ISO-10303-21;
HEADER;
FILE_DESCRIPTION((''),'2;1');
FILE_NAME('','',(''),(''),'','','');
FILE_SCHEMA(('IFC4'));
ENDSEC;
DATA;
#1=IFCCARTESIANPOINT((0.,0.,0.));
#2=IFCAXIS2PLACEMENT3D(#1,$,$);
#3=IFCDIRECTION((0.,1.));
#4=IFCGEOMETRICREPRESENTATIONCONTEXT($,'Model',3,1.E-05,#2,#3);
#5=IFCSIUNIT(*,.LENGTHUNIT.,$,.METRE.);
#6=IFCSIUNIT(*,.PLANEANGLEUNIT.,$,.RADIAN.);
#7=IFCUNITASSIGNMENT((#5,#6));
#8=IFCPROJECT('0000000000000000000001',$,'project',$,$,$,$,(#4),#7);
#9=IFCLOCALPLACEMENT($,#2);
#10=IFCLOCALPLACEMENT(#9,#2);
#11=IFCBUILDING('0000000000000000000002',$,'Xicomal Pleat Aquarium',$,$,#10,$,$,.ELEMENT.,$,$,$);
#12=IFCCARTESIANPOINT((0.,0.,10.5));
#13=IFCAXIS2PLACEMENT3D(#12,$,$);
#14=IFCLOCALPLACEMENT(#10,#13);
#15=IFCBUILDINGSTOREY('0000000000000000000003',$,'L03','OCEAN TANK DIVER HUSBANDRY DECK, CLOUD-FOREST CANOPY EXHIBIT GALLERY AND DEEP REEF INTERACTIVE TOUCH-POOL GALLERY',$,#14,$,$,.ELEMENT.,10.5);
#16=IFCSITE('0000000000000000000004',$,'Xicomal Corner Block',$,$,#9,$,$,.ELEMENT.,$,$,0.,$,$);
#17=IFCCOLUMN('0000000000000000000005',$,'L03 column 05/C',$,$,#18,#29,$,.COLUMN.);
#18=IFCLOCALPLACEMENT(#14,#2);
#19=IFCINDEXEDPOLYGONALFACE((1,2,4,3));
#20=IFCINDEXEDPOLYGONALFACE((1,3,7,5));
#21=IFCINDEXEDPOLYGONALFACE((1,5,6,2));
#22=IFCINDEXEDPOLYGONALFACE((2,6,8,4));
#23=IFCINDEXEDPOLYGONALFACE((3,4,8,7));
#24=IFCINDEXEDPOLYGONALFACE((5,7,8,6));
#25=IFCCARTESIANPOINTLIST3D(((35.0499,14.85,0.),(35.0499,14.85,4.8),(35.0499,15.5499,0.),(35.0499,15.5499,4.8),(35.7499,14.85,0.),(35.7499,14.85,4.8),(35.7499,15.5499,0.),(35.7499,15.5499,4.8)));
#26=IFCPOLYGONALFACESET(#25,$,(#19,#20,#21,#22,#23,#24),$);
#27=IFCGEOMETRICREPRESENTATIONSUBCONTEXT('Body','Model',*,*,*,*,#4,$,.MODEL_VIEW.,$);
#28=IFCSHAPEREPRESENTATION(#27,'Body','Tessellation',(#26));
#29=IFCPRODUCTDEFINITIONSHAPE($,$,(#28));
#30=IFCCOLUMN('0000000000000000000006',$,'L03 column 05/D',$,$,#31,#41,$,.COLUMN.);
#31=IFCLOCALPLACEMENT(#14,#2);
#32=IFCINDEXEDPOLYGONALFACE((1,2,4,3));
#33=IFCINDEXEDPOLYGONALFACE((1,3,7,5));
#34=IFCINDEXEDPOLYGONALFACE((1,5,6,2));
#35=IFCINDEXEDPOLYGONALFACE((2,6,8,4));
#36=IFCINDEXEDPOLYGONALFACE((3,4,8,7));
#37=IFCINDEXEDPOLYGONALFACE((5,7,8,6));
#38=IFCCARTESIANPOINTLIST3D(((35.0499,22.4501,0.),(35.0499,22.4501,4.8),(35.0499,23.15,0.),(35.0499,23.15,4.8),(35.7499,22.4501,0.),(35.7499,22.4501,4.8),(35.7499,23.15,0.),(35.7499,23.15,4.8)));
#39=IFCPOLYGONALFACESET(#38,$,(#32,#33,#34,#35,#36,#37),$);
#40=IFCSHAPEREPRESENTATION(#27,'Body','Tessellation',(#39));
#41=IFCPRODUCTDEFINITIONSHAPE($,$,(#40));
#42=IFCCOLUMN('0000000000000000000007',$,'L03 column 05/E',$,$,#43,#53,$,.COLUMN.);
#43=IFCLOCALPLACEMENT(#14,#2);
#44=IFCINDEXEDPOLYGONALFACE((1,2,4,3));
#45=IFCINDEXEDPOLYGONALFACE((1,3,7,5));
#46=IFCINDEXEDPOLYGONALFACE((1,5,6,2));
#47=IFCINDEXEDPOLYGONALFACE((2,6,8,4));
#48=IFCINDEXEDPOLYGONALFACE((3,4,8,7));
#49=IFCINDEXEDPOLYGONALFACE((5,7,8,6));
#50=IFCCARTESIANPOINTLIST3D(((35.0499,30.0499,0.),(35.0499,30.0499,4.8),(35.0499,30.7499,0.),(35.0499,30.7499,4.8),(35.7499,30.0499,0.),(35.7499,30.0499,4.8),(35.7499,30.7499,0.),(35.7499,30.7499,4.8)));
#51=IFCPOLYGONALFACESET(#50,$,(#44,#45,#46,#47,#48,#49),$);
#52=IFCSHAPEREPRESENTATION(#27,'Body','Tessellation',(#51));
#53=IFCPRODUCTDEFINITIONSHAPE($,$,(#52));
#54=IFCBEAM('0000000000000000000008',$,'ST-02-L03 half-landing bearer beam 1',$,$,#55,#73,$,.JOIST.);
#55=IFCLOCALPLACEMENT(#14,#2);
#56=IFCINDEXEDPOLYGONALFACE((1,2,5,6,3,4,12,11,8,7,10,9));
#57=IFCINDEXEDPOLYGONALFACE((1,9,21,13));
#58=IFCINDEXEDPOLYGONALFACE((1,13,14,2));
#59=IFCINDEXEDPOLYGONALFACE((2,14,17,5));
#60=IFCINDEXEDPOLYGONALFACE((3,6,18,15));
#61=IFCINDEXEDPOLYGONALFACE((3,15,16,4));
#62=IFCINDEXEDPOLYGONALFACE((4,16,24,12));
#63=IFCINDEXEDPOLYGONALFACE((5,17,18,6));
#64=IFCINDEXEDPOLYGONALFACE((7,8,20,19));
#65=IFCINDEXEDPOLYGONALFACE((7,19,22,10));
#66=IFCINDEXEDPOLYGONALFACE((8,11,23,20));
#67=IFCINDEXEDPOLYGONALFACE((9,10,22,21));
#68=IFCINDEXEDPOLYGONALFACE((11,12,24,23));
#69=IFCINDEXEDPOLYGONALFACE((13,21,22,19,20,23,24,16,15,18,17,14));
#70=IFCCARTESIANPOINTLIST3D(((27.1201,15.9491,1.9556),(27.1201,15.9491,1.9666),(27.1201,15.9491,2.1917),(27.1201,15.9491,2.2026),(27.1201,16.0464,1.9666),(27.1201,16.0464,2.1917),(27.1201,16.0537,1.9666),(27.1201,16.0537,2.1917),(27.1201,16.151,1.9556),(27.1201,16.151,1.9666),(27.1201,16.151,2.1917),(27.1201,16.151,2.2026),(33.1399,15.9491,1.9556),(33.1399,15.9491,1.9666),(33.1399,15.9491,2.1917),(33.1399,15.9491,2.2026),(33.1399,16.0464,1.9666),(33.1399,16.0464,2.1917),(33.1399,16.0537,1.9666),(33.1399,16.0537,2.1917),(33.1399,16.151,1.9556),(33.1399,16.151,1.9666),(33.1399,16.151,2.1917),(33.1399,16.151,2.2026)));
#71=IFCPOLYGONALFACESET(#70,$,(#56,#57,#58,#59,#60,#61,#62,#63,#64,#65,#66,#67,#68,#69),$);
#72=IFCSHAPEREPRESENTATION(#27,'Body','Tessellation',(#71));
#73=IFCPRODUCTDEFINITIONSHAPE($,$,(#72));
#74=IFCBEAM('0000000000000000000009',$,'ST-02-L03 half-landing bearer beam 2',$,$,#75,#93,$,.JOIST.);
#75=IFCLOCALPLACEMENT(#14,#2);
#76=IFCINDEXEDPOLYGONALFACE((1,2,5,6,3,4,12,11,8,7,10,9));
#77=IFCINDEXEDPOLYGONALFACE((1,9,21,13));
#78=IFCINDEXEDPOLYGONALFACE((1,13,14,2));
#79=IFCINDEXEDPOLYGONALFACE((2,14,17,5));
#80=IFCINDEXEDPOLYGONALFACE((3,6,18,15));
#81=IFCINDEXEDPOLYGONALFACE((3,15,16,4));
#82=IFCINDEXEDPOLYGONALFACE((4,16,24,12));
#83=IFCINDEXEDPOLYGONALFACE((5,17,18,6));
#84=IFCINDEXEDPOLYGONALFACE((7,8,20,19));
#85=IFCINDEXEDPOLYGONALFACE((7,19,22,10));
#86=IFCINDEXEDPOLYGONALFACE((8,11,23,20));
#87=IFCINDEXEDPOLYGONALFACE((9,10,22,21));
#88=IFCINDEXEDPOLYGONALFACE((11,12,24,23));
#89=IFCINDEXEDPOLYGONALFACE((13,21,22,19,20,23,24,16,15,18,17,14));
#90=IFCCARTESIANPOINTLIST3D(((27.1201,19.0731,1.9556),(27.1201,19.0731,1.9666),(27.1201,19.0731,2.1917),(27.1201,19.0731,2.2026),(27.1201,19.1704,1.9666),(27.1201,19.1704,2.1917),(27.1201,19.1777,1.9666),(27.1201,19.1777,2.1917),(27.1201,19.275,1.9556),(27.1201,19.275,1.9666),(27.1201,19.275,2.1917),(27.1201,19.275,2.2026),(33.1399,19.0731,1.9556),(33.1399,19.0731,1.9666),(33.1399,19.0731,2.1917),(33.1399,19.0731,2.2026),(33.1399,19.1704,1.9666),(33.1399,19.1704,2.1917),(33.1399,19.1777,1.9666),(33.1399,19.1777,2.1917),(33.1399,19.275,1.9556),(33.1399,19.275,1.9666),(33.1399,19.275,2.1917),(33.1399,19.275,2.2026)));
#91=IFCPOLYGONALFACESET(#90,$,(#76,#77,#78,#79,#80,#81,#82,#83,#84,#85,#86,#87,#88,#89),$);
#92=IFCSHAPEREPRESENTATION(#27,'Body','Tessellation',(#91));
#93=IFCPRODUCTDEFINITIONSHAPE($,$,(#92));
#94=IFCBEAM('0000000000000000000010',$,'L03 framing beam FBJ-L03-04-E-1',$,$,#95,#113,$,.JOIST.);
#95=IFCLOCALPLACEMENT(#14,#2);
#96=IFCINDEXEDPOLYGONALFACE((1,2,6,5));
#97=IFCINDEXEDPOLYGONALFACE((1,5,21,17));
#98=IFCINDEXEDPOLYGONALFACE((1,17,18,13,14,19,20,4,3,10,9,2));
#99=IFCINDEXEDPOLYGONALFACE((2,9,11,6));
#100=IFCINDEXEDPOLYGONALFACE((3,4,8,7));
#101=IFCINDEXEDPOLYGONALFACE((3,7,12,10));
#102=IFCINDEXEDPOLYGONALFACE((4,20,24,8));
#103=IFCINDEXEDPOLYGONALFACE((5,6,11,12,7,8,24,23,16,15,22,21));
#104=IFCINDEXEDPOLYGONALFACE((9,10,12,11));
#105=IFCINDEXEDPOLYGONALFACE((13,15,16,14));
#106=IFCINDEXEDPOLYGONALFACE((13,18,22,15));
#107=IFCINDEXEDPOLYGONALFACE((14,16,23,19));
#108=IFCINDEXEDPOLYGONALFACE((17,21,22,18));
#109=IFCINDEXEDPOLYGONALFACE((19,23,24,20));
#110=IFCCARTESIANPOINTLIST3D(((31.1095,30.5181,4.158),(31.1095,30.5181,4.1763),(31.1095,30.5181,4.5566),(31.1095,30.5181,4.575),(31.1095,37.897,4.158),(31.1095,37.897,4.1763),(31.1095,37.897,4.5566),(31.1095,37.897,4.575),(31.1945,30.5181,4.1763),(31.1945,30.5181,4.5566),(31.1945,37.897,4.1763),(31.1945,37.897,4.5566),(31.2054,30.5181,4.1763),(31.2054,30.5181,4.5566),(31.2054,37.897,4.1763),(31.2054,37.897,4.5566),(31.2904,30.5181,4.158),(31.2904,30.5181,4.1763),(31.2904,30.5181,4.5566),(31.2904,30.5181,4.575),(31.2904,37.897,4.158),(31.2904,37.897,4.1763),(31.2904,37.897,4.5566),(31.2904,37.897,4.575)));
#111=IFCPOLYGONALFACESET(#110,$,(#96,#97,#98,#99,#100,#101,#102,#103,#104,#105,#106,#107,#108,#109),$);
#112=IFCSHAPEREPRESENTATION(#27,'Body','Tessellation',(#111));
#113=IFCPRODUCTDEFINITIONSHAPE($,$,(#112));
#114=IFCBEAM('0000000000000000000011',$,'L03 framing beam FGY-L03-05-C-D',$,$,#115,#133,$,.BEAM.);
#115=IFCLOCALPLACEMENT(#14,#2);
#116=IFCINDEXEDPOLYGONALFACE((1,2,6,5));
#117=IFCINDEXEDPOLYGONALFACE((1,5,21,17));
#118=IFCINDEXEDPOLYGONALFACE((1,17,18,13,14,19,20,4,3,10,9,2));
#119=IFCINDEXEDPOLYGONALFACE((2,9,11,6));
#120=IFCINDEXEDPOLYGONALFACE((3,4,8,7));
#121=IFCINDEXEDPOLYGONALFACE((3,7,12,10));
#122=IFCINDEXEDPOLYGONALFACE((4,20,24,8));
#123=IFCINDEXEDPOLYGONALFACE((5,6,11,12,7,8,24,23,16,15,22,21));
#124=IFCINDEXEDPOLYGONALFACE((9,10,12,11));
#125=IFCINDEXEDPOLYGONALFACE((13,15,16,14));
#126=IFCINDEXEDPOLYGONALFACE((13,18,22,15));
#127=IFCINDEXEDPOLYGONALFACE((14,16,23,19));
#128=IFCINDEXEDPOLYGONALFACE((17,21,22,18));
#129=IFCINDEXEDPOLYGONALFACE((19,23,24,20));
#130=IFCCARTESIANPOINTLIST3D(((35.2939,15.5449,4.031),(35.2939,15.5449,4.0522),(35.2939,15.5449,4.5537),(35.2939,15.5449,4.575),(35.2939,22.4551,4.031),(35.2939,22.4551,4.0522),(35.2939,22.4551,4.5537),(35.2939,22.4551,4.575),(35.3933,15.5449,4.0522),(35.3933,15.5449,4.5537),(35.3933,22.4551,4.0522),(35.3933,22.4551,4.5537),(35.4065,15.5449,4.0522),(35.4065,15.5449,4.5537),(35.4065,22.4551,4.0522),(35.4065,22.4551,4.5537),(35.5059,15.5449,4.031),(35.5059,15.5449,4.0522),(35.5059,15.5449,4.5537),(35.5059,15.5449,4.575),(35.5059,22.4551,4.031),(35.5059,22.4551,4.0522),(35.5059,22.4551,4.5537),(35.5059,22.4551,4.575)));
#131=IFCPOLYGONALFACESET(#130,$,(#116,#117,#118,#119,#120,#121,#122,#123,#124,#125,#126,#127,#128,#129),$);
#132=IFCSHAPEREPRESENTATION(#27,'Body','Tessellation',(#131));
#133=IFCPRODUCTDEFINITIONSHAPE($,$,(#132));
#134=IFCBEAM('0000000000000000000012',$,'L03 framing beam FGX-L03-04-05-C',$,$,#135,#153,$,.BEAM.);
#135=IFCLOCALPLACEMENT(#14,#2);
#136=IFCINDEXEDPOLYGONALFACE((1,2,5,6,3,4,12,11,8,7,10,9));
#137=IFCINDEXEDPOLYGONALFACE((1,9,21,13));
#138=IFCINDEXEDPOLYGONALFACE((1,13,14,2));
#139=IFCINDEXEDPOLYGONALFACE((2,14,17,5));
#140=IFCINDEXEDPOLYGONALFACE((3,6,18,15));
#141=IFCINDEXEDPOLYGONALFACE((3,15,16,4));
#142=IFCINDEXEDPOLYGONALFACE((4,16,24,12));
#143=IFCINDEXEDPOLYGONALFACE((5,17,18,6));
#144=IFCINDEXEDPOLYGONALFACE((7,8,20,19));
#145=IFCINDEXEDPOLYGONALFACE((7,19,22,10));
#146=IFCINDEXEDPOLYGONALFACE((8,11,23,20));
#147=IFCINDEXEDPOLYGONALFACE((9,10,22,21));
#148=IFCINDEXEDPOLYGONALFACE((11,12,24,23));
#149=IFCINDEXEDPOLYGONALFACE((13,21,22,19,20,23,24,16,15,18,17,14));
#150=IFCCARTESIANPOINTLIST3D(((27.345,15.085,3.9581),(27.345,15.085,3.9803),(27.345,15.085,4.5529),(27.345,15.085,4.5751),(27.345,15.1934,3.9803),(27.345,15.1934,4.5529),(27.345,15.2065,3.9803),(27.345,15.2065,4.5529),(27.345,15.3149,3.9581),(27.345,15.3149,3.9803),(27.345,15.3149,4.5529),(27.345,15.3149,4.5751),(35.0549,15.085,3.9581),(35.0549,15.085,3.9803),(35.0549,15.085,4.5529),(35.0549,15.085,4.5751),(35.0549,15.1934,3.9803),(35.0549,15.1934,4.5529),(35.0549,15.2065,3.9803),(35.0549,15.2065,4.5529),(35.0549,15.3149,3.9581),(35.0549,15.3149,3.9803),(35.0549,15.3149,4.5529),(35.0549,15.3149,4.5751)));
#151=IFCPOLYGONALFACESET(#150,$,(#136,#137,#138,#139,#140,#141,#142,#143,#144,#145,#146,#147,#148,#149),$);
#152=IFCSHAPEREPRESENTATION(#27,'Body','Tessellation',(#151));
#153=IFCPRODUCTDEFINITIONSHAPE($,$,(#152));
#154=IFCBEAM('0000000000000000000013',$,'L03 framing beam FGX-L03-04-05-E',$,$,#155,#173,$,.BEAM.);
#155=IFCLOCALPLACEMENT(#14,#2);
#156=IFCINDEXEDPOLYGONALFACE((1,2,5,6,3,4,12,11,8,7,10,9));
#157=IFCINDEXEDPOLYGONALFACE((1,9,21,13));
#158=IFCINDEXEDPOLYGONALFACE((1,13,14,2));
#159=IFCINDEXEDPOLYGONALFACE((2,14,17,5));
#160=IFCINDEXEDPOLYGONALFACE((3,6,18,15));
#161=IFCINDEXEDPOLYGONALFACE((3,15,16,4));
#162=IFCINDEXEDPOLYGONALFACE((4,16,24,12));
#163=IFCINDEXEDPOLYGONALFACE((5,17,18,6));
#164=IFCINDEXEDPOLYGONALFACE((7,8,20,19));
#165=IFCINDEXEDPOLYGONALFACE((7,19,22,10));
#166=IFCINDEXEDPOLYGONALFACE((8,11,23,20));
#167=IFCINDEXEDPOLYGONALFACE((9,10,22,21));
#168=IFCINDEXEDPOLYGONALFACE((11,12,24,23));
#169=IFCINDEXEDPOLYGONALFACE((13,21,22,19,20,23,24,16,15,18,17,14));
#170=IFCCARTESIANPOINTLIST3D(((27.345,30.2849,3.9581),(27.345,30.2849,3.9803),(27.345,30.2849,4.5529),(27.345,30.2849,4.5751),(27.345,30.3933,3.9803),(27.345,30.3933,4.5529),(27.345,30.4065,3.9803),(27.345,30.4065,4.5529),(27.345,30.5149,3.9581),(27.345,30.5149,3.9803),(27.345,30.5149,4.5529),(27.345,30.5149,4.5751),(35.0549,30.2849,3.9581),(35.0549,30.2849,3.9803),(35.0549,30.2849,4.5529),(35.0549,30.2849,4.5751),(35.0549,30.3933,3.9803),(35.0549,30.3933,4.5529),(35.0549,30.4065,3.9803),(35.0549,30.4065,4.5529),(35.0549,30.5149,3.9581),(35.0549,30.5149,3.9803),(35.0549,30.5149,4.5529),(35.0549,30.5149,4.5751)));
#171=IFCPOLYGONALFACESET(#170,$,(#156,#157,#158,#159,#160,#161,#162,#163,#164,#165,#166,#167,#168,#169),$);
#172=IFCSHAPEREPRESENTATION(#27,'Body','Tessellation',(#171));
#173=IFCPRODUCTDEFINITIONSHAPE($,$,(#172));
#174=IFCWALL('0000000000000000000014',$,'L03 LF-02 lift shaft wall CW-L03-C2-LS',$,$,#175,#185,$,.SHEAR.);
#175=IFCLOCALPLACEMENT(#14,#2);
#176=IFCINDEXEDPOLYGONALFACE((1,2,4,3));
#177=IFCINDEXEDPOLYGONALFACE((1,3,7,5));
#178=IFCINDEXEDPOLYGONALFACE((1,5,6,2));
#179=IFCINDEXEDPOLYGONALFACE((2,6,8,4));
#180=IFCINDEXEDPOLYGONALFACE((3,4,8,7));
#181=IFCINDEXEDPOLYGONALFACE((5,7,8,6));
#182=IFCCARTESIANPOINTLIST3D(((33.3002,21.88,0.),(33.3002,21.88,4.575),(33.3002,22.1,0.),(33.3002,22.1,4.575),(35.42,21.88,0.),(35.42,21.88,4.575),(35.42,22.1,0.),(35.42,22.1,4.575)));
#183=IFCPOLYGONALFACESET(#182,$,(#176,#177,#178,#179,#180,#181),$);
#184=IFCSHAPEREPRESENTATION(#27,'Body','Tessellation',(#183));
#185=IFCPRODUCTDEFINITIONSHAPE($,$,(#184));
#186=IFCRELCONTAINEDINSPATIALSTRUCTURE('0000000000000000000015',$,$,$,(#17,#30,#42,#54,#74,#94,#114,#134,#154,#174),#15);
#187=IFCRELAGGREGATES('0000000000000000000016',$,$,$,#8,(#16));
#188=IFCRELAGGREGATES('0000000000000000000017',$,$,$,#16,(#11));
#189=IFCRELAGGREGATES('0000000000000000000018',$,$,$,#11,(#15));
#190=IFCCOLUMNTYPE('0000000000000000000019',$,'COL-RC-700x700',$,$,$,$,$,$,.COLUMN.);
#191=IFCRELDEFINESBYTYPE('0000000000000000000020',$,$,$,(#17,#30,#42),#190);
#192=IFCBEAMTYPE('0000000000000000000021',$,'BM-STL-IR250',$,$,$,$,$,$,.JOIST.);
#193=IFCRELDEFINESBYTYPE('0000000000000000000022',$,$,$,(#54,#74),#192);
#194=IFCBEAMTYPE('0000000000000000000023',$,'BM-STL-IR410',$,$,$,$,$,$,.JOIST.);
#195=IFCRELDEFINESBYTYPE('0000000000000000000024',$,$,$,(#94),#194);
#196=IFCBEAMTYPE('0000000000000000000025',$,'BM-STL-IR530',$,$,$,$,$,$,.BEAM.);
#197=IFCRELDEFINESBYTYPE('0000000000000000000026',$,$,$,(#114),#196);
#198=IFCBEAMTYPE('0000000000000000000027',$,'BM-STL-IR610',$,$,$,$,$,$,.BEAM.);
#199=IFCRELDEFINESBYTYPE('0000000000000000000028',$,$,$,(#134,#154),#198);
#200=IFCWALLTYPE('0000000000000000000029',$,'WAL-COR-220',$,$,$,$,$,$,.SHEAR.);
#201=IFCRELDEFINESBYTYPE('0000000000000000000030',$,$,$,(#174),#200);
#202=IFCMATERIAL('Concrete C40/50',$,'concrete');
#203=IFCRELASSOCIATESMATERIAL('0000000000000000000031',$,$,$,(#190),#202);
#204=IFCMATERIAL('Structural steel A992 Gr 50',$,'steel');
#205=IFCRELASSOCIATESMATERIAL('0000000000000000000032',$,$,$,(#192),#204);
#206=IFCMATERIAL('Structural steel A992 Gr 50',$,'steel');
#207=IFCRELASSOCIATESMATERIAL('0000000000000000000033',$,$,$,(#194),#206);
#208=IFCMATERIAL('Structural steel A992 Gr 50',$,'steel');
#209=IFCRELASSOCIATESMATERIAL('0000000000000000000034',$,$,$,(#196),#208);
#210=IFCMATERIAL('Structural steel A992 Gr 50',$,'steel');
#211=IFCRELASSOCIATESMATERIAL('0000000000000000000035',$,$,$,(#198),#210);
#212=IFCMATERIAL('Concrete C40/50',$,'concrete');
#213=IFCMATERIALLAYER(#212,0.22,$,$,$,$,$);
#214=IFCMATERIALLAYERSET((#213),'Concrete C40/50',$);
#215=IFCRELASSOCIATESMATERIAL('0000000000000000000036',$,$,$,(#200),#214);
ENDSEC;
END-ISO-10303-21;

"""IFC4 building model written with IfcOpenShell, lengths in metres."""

from ifc_helpers import new_model, si_unit, direction, frame, frame_2d, origin, origin_2d, place, context, subcontext, project, spatial, rectangle, i_section, extrude, material, layer, layer_set, material_profile, profile_set, type_object, element, save


model = new_model("IFC4")

# Units and contexts
model_context = context("Model", 3, precision=1e-05, world=origin(), true_north=direction((0.0, 1.0)))
body_context = subcontext(model_context, "Body", "Model", "MODEL_VIEW")
ifc_project = project(units=[si_unit("LENGTHUNIT", "METRE"), si_unit("PLANEANGLEUNIT", "RADIAN")], contexts=[model_context])

# Site, building, storey
site_placement = place(None, origin())
site = spatial("IfcSite", under=ifc_project, at=site_placement, Name="Xicomal Corner Block", CompositionType="ELEMENT", RefElevation=0.0)
building_placement = place(site_placement, origin())
building = spatial("IfcBuilding", under=site, at=building_placement, Name="Xicomal Pleat Aquarium", CompositionType="ELEMENT")
storey_placement = place(building_placement, frame((0.0, 0.0, 10.5)))
storey = spatial("IfcBuildingStorey", under=building, at=storey_placement, Name="L03", Description="OCEAN TANK DIVER HUSBANDRY DECK, CLOUD-FOREST CANOPY EXHIBIT GALLERY AND DEEP REEF INTERACTIVE TOUCH-POOL GALLERY", CompositionType="ELEMENT", Elevation=10.5)

# Columns
ifc_material_1 = material(Name="Concrete C40/50", Category="concrete")
ifc_material_profile_1 = material_profile(ifc_material_1, rectangle(XDim=0.7, YDim=0.7, at=origin_2d()), Name="RC 700x700")
ifc_profile_set_1 = profile_set([ifc_material_profile_1], Name="Concrete C40/50")
column_type = type_object("IfcColumnType", Name="COL-RC-700x700", PredefinedType="COLUMN", material=ifc_profile_set_1)
for number, where, z_axis, x_axis, name in (
    (1, (35.3999, 15.2, 0.0), (0.0, 0.0, 1.0), (1.0, 0.0, 0.0), "L03 column 05/C"),
    (2, (35.3999, 22.8, 0.0), (0.0, 0.0, 1.0), (1.0, 0.0, 0.0), "L03 column 05/D"),
    (3, (35.3999, 30.3999, 0.0), (0.0, 0.0, 1.0), (1.0, 0.0, 0.0), "L03 column 05/E"),
):
    element("IfcColumn", number, at=place(storey_placement, frame(where, z_axis=z_axis, x_axis=x_axis)), inside=storey, type_object=column_type, Name=name, PredefinedType="COLUMN", context=body_context, shape_type="SweptSolid", body=[
        extrude(rectangle(XDim=0.7, YDim=0.7, at=origin_2d()), origin(), (0.0, 0.0, 1.0), 4.8),
    ])

# Beams
ifc_material_2 = material(Name="Structural steel A992 Gr 50", Category="steel")
ifc_material_profile_2 = material_profile(ifc_material_2, i_section(OverallWidth=0.2019, OverallDepth=0.2471, WebThickness=0.0073, FlangeThickness=0.011, at=origin_2d()), Name="IR 250x49")
ifc_profile_set_2 = profile_set([ifc_material_profile_2], Name="Structural steel A992 Gr 50")
beam_type_1 = type_object("IfcBeamType", Name="BM-STL-IR250", PredefinedType="JOIST", material=ifc_profile_set_2)
for number, where, z_axis, x_axis, name in (
    (4, (27.1201, 16.05, 2.0791), (1.0, 0.0, 0.0), (0.0, 1.0, 0.0), "ST-02-L03 half-landing bearer beam 1"),
    (5, (27.1201, 19.1741, 2.0791), (1.0, 0.0, 0.0), (0.0, 1.0, 0.0), "ST-02-L03 half-landing bearer beam 2"),
):
    element("IfcBeam", number, at=place(storey_placement, frame(where, z_axis=z_axis, x_axis=x_axis)), inside=storey, type_object=beam_type_1, Name=name, PredefinedType="JOIST", context=body_context, shape_type="SweptSolid", body=[
        extrude(i_section(OverallWidth=0.2019, OverallDepth=0.2471, WebThickness=0.0073, FlangeThickness=0.011, at=origin_2d()), origin(), (0.0, 0.0, 1.0), 6.0198),
    ])
ifc_material_3 = material(Name="Structural steel A992 Gr 50", Category="steel")
ifc_material_profile_3 = material_profile(ifc_material_3, i_section(OverallWidth=0.1809, OverallDepth=0.417, WebThickness=0.011, FlangeThickness=0.0183, at=origin_2d()), Name="IR 410x85")
ifc_profile_set_3 = profile_set([ifc_material_profile_3], Name="Structural steel A992 Gr 50")
beam_type_2 = type_object("IfcBeamType", Name="BM-STL-IR410", PredefinedType="JOIST", material=ifc_profile_set_3)
beam_1_placement = place(storey_placement, frame((31.2, 30.5181, 4.3665), z_axis=(0.0, 1.0, 0.0), x_axis=(-1.0, 0.0, 0.0)))
element("IfcBeam", 6, at=beam_1_placement, inside=storey, type_object=beam_type_2, Name="L03 framing beam FBJ-L03-04-E-1", PredefinedType="JOIST", context=body_context, shape_type="SweptSolid", body=[
    extrude(i_section(OverallWidth=0.1809, OverallDepth=0.417, WebThickness=0.011, FlangeThickness=0.0183, at=origin_2d()), origin(), (0.0, 0.0, 1.0), 7.3789),
])
ifc_material_4 = material(Name="Structural steel A992 Gr 50", Category="steel")
ifc_material_profile_4 = material_profile(ifc_material_4, i_section(OverallWidth=0.2119, OverallDepth=0.5439, WebThickness=0.0132, FlangeThickness=0.0212, at=origin_2d()), Name="IR 530x123")
ifc_profile_set_4 = profile_set([ifc_material_profile_4], Name="Structural steel A992 Gr 50")
beam_type_3 = type_object("IfcBeamType", Name="BM-STL-IR530", PredefinedType="BEAM", material=ifc_profile_set_4)
beam_2_placement = place(storey_placement, frame((35.3999, 15.5449, 4.303), z_axis=(0.0, 1.0, 0.0), x_axis=(-1.0, 0.0, 0.0)))
element("IfcBeam", 7, at=beam_2_placement, inside=storey, type_object=beam_type_3, Name="L03 framing beam FGY-L03-05-C-D", PredefinedType="BEAM", context=body_context, shape_type="SweptSolid", body=[
    extrude(i_section(OverallWidth=0.2119, OverallDepth=0.5439, WebThickness=0.0132, FlangeThickness=0.0212, at=origin_2d()), origin(), (0.0, 0.0, 1.0), 6.9102),
])
ifc_material_5 = material(Name="Structural steel A992 Gr 50", Category="steel")
ifc_material_profile_5 = material_profile(ifc_material_5, i_section(OverallWidth=0.23, OverallDepth=0.6169, WebThickness=0.0132, FlangeThickness=0.0222, at=origin_2d()), Name="IR 610x140")
ifc_profile_set_5 = profile_set([ifc_material_profile_5], Name="Structural steel A992 Gr 50")
beam_type_4 = type_object("IfcBeamType", Name="BM-STL-IR610", PredefinedType="BEAM", material=ifc_profile_set_5)
for number, where, z_axis, x_axis, name in (
    (8, (27.345, 15.2, 4.2666), (1.0, 0.0, 0.0), (0.0, 1.0, 0.0), "L03 framing beam FGX-L03-04-05-C"),
    (9, (27.345, 30.3999, 4.2666), (1.0, 0.0, 0.0), (0.0, 1.0, 0.0), "L03 framing beam FGX-L03-04-05-E"),
):
    element("IfcBeam", number, at=place(storey_placement, frame(where, z_axis=z_axis, x_axis=x_axis)), inside=storey, type_object=beam_type_4, Name=name, PredefinedType="BEAM", context=body_context, shape_type="SweptSolid", body=[
        extrude(i_section(OverallWidth=0.23, OverallDepth=0.6169, WebThickness=0.0132, FlangeThickness=0.0222, at=origin_2d()), origin(), (0.0, 0.0, 1.0), 7.71),
    ])

# Wall
ifc_material_6 = material(Name="Concrete C40/50", Category="concrete")
ifc_layer_1 = layer(ifc_material_6, 0.22)
ifc_layer_set_1 = layer_set([ifc_layer_1], Name="Concrete C40/50")
wall_type_1 = type_object("IfcWallType", Name="WAL-COR-220", PredefinedType="SHEAR", material=ifc_layer_set_1)
wall_1_placement = place(storey_placement, frame((33.3, 21.99, 0.0), z_axis=(0.0, 0.0, 1.0), x_axis=(1.0, 0.0, 0.0)))
element("IfcWall", 10, at=wall_1_placement, inside=storey, type_object=wall_type_1, Name="L03 LF-02 lift shaft wall CW-L03-C2-LS", PredefinedType="SHEAR", context=body_context, shape_type="SweptSolid", body=[
    extrude(rectangle(XDim=2.1199, YDim=0.22, at=frame_2d((1.0601, 0.0))), origin(), (0.0, 0.0, 1.0), 4.575),
])

save(model, "model.ifc")
